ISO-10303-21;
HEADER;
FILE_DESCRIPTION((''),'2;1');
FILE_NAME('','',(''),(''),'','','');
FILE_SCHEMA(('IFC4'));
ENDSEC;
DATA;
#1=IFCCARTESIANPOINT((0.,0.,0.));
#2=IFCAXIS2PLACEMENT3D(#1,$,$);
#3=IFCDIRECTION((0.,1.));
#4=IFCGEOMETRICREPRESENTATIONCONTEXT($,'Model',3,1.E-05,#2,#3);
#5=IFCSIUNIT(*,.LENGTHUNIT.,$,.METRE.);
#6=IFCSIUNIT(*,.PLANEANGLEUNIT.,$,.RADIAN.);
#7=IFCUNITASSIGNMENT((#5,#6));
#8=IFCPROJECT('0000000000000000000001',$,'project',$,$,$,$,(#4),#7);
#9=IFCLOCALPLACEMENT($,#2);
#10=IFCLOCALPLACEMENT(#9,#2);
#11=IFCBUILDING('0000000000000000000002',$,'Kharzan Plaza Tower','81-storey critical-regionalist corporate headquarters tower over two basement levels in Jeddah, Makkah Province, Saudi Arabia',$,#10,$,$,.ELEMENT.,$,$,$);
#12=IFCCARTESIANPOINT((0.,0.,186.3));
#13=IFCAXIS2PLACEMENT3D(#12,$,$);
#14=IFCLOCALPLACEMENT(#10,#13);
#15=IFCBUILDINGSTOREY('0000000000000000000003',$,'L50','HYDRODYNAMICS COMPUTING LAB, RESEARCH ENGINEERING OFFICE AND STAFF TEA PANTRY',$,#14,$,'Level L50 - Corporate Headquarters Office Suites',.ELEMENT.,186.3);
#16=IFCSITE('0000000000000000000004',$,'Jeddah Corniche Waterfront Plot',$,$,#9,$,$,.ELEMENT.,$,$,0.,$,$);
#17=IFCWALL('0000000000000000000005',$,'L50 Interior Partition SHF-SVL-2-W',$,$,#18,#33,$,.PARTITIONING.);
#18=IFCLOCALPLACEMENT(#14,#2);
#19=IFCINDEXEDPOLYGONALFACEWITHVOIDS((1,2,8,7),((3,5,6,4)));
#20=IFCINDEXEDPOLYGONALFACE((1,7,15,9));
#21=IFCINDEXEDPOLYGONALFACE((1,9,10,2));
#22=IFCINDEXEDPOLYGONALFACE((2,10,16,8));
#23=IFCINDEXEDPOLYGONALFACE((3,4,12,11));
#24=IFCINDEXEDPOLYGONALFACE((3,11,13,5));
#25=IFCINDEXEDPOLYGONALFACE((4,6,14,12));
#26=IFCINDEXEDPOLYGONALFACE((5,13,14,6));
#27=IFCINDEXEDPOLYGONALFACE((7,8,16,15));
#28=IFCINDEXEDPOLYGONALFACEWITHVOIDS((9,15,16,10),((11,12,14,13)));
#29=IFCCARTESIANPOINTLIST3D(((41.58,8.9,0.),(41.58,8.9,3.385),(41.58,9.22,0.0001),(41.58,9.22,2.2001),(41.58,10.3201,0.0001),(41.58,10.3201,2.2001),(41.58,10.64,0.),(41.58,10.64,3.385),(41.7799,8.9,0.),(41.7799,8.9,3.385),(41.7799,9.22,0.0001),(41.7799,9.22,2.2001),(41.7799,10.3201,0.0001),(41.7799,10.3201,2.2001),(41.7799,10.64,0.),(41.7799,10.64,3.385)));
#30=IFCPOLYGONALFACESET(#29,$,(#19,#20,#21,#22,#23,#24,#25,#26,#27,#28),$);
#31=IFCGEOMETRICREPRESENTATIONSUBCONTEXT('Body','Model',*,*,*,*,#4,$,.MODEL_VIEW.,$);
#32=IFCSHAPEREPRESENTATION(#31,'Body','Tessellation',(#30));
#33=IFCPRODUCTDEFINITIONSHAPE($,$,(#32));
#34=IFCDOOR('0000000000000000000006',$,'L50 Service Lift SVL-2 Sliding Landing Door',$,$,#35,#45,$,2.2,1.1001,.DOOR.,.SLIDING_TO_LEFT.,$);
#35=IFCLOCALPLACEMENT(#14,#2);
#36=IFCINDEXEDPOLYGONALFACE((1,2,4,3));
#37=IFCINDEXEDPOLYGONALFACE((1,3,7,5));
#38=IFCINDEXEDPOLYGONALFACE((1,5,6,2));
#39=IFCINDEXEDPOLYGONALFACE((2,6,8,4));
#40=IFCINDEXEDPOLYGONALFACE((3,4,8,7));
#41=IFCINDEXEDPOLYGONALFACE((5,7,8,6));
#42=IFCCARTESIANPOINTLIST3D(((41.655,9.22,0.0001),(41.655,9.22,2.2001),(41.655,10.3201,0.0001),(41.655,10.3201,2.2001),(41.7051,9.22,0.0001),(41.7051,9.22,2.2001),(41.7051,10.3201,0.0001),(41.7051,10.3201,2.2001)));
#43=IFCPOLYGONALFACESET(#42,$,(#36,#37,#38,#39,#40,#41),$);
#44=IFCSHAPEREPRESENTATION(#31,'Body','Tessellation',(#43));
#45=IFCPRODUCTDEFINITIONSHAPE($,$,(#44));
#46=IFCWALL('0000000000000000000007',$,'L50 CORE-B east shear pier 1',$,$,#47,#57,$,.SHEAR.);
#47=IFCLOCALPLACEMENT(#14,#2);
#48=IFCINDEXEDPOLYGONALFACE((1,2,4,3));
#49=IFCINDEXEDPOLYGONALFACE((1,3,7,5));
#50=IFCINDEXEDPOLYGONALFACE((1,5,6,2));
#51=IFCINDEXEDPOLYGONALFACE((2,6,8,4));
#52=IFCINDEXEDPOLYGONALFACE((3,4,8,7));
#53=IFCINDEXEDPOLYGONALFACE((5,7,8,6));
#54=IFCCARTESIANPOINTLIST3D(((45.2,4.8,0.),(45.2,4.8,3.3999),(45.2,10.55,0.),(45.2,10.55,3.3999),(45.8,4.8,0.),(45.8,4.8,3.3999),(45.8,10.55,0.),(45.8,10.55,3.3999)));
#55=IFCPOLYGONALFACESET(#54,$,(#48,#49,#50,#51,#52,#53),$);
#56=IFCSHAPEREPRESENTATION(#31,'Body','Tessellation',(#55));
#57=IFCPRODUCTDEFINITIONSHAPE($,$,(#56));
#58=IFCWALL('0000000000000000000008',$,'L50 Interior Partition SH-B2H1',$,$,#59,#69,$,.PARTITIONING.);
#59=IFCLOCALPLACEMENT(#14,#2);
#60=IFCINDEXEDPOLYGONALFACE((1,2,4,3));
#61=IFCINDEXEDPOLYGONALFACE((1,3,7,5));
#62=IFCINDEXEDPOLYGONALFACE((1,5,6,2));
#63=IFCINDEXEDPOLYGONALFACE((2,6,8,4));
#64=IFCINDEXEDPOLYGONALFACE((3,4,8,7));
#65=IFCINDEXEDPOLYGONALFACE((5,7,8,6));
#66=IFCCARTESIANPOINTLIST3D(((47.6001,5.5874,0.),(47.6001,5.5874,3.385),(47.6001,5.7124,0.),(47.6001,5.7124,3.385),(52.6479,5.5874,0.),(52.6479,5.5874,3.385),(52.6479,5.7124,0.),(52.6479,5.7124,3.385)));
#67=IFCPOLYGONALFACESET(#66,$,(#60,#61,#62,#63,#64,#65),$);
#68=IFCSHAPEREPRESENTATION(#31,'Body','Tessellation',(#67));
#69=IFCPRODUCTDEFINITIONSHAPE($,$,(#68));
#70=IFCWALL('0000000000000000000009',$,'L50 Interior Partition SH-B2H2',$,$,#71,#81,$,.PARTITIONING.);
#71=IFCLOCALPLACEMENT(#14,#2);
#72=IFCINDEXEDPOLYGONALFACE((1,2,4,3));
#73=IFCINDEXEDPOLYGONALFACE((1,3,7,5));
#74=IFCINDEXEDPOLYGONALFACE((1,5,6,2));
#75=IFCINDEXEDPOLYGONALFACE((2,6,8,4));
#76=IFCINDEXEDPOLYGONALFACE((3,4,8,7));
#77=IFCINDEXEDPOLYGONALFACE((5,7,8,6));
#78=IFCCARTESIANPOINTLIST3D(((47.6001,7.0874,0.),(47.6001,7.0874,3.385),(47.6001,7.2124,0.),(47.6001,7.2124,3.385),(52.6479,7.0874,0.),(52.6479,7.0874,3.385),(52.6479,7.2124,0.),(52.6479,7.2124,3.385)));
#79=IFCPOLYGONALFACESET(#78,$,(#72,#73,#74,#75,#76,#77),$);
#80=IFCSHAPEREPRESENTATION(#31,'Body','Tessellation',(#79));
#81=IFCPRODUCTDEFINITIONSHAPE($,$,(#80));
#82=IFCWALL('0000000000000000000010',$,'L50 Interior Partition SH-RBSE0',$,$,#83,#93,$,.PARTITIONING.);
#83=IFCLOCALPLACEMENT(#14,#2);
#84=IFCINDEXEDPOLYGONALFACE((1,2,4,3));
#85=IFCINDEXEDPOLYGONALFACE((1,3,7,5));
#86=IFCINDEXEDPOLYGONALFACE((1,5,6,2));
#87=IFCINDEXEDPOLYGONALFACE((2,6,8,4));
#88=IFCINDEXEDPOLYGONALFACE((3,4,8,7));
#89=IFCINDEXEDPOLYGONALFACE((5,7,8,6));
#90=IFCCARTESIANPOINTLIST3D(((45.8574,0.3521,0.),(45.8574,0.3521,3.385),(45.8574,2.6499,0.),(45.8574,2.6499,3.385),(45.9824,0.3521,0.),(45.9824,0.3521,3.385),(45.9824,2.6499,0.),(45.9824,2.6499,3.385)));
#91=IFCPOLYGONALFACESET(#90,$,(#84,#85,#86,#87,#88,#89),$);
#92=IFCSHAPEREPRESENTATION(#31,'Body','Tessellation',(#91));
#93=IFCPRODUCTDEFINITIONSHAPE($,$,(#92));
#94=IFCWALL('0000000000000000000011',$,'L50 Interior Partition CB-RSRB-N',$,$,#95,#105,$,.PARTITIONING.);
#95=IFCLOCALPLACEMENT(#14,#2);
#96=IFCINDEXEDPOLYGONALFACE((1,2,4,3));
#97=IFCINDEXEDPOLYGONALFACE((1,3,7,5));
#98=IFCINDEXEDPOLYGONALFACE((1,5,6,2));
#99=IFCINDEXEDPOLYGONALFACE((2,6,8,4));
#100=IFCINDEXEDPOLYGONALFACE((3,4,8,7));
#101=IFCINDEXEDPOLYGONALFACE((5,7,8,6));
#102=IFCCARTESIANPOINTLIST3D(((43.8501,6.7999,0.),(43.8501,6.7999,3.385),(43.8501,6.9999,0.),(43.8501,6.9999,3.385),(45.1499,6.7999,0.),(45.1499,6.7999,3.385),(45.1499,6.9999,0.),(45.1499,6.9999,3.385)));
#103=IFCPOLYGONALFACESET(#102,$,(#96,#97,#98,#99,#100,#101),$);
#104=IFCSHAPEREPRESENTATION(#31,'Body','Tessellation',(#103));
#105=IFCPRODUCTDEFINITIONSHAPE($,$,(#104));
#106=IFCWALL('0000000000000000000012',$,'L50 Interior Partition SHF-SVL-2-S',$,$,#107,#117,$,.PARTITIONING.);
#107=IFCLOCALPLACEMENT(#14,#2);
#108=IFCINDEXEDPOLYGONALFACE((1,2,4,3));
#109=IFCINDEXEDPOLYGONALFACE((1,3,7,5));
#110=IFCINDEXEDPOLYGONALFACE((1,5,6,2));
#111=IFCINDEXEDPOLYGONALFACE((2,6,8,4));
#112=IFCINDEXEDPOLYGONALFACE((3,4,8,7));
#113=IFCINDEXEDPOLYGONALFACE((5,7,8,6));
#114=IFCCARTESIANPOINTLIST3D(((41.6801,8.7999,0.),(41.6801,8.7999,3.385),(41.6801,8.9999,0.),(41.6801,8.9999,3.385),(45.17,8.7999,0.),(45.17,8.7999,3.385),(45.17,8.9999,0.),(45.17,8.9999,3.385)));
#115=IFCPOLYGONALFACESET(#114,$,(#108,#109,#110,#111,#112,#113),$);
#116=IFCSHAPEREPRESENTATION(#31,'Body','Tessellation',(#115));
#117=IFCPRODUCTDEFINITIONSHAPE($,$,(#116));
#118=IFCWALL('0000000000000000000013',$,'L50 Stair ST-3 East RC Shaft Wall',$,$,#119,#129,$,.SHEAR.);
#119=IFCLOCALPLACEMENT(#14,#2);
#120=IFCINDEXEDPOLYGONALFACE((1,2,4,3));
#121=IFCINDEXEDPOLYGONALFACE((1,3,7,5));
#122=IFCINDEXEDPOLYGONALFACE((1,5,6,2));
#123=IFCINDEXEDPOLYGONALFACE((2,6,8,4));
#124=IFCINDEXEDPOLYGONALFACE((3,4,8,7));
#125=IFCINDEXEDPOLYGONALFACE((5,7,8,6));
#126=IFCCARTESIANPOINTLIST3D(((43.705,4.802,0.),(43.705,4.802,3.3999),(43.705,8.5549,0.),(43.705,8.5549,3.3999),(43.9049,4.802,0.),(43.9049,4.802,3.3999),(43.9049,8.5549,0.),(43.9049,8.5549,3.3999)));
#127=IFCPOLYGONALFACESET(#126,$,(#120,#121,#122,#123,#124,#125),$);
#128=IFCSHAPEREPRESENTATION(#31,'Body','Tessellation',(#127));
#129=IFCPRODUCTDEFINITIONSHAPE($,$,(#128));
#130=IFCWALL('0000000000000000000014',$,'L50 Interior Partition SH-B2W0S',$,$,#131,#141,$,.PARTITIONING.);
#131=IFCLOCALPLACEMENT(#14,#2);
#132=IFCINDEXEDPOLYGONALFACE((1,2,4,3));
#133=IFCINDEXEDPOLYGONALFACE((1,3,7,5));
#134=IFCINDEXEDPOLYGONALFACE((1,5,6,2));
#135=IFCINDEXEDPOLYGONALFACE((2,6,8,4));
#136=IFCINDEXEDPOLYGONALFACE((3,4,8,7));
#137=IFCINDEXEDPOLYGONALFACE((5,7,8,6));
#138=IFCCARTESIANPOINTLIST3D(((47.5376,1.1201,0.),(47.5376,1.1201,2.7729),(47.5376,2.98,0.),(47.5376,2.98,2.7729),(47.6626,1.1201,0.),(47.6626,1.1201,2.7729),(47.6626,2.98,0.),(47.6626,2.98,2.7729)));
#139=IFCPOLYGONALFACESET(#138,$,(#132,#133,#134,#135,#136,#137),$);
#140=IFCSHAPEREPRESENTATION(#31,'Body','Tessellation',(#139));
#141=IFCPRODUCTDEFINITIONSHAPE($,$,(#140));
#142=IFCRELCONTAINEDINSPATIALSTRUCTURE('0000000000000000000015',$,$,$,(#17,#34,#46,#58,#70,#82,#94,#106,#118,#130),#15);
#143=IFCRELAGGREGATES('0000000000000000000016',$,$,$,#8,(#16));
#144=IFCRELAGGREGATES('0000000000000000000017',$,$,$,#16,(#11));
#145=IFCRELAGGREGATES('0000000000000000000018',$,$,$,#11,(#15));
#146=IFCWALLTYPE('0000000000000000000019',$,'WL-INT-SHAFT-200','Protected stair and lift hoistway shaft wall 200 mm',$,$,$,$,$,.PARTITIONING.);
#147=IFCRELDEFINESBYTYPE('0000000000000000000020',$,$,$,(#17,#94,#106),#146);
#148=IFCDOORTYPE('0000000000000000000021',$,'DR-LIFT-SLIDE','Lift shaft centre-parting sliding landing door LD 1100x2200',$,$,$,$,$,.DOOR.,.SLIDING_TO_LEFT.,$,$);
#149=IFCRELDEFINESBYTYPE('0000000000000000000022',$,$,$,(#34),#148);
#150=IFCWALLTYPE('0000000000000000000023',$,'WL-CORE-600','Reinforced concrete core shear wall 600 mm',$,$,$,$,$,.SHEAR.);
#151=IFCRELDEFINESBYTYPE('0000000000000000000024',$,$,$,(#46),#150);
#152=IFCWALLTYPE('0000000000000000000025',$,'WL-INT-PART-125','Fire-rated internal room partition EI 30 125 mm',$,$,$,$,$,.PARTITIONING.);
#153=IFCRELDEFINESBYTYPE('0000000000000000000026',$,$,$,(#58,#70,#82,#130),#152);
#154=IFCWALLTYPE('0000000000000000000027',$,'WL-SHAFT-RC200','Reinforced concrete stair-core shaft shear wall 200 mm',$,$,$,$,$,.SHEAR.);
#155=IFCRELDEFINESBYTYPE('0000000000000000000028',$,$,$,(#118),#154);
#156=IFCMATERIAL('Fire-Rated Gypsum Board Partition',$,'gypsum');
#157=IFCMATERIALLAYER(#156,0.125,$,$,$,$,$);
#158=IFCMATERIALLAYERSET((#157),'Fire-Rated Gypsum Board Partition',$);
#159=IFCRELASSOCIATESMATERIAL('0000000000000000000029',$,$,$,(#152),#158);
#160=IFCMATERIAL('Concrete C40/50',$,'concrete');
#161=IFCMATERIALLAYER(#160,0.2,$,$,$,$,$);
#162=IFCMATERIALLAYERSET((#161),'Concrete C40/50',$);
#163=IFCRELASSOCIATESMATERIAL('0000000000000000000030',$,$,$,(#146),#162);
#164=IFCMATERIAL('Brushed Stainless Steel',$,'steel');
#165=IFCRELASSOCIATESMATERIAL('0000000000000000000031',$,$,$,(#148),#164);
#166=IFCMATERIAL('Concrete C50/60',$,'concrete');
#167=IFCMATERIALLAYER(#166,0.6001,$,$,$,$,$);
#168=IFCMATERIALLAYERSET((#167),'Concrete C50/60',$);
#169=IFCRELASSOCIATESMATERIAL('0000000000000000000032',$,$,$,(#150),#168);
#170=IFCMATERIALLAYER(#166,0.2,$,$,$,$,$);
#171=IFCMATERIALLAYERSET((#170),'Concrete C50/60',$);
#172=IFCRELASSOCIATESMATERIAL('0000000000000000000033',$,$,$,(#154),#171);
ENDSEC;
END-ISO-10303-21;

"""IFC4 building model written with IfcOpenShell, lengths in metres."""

from ifc_helpers import new_model, si_unit, direction, frame, frame_2d, origin, place, context, subcontext, project, spatial, rectangle, extrude, source, transform, mapped, material, layer, layer_set, type_object, element, fill, save


model = new_model("IFC4")

# Units and contexts
model_context = context("Model", 3, precision=1e-05, world=origin(), true_north=direction((0.0, 1.0)))
body_context = subcontext(model_context, "Body", "Model", "MODEL_VIEW")
ifc_project = project(units=[si_unit("LENGTHUNIT", "METRE"), si_unit("PLANEANGLEUNIT", "RADIAN")], contexts=[model_context])

# Site, building, storey
site_placement = place(None, origin())
site = spatial("IfcSite", under=ifc_project, at=site_placement, Name="Jeddah Corniche Waterfront Plot", CompositionType="ELEMENT", RefElevation=0.0)
building_placement = place(site_placement, origin())
building = spatial("IfcBuilding", under=site, at=building_placement, Name="Kharzan Plaza Tower", Description="81-storey critical-regionalist corporate headquarters tower over two basement levels in Jeddah, Makkah Province, Saudi Arabia", CompositionType="ELEMENT")
storey_placement = place(building_placement, frame((0.0, 0.0, 186.3)))
storey = spatial("IfcBuildingStorey", under=building, at=storey_placement, Name="L50", Description="HYDRODYNAMICS COMPUTING LAB, RESEARCH ENGINEERING OFFICE AND STAFF TEA PANTRY", LongName="Level L50 - Corporate Headquarters Office Suites", CompositionType="ELEMENT", Elevation=186.3)

# Shared definitions
ifc_material_1 = material(Name="Concrete C50/60", Category="concrete")

# Wall, opening, door
ifc_material_2 = material(Name="Fire-Rated Gypsum Board Partition", Category="gypsum")
ifc_layer_1 = layer(ifc_material_2, 0.125)
ifc_layer_set_1 = layer_set([ifc_layer_1], Name="Fire-Rated Gypsum Board Partition")
wall_type_1 = type_object("IfcWallType", Name="WL-INT-PART-125", Description="Fire-rated internal room partition EI 30 125 mm", PredefinedType="PARTITIONING", material=ifc_layer_set_1)
ifc_material_3 = material(Name="Concrete C40/50", Category="concrete")
ifc_layer_2 = layer(ifc_material_3, 0.2)
ifc_layer_set_2 = layer_set([ifc_layer_2], Name="Concrete C40/50")
wall_type_2 = type_object("IfcWallType", Name="WL-INT-SHAFT-200", Description="Protected stair and lift hoistway shaft wall 200 mm", PredefinedType="PARTITIONING", material=ifc_layer_set_2)
wall_1_placement = place(storey_placement, frame((41.6799, 8.8999, 0.0), z_axis=(0.0, 0.0, 1.0), x_axis=(0.0, 1.0, 0.0)))
wall_1 = element("IfcWall", 1, at=wall_1_placement, inside=storey, type_object=wall_type_2, Name="L50 Interior Partition SHF-SVL-2-W", PredefinedType="PARTITIONING", context=body_context, shape_type="SweptSolid", body=[
    extrude(rectangle(XDim=1.74, YDim=0.2, at=frame_2d((0.8701, 0.0))), origin(), (0.0, 0.0, 1.0), 3.385),
])
opening_1_placement = place(wall_1_placement, frame((0.3201, 0.0, 0.0)))
opening_1 = element("IfcOpeningElement", 2, at=opening_1_placement, cuts=wall_1, PredefinedType="OPENING", context=body_context, shape_type="SweptSolid", body=[
    extrude(rectangle(XDim=1.1001, YDim=2.2, at=frame_2d((0.55, 1.1001))), frame((0.0, 0.1099, 0.0), z_axis=(0.0, -1.0, 0.0), x_axis=(1.0, 0.0, 0.0)), (0.0, 0.0, 1.0), 0.22),
])
ifc_material_4 = material(Name="Brushed Stainless Steel", Category="steel")
door_type_1 = type_object("IfcDoorType", Name="DR-LIFT-SLIDE", Description="Lift shaft centre-parting sliding landing door LD 1100x2200", OperationType="SLIDING_TO_LEFT", PredefinedType="DOOR", material=ifc_material_4)
shared_shape_1 = source(origin(), body_context, "Body", "SweptSolid", [
    extrude(rectangle(XDim=1.1001, YDim=2.2, at=frame_2d((0.55, 1.1001))), frame((0.0, 0.0249, 0.0), z_axis=(0.0, -1.0, 0.0), x_axis=(1.0, 0.0, 0.0)), (0.0, 0.0, 1.0), 0.05),
])
door_1_placement = place(opening_1_placement, origin())
door_1 = element("IfcDoor", 3, at=door_1_placement, inside=storey, type_object=door_type_1, Name="L50 Service Lift SVL-2 Sliding Landing Door", OperationType="SLIDING_TO_LEFT", OverallHeight=2.2, OverallWidth=1.1001, PredefinedType="DOOR", context=body_context, shape_type="MappedRepresentation", body=[
    mapped(shared_shape_1, transform((0.0, 0.0, 0.0), x_axis=(1.0, 0.0, 0.0), y_axis=(0.0, 1.0, 0.0), z_axis=(0.0, 0.0, 1.0))),
])
fill(opening_1, door_1)

# Walls
ifc_layer_3 = layer(ifc_material_1, 0.6001)
ifc_layer_set_3 = layer_set([ifc_layer_3], Name="Concrete C50/60")
wall_type_3 = type_object("IfcWallType", Name="WL-CORE-600", Description="Reinforced concrete core shear wall 600 mm", PredefinedType="SHEAR", material=ifc_layer_set_3)
shared_shape_2 = source(origin(), body_context, "Body", "SweptSolid", [
    extrude(rectangle(XDim=5.75, YDim=0.6001, at=frame_2d((2.875, 0.0))), origin(), (0.0, 0.0, 1.0), 3.3999),
])
wall_2_placement = place(storey_placement, frame((45.5, 4.8, 0.0), z_axis=(0.0, 0.0, 1.0), x_axis=(0.0, 1.0, 0.0)))
element("IfcWall", 4, at=wall_2_placement, inside=storey, type_object=wall_type_3, Name="L50 CORE-B east shear pier 1", PredefinedType="SHEAR", context=body_context, shape_type="MappedRepresentation", body=[
    mapped(shared_shape_2, transform((0.0, 0.0, 0.0), x_axis=(1.0, 0.0, 0.0), y_axis=(0.0, 1.0, 0.0), z_axis=(0.0, 0.0, 1.0))),
])
shared_shape_3 = source(origin(), body_context, "Body", "SweptSolid", [
    extrude(rectangle(XDim=5.0479, YDim=0.125, at=frame_2d((2.5239, 0.0))), origin(), (0.0, 0.0, 1.0), 3.385),
])
for number, where, z_axis, x_axis, name in (
    (5, (47.6001, 5.6499, 0.0), (0.0, 0.0, 1.0), (1.0, 0.0, 0.0), "L50 Interior Partition SH-B2H1"),
    (6, (47.6001, 7.1499, 0.0), (0.0, 0.0, 1.0), (1.0, 0.0, 0.0), "L50 Interior Partition SH-B2H2"),
):
    element("IfcWall", number, at=place(storey_placement, frame(where, z_axis=z_axis, x_axis=x_axis)), inside=storey, type_object=wall_type_1, Name=name, PredefinedType="PARTITIONING", context=body_context, shape_type="MappedRepresentation", body=[
        mapped(shared_shape_3, transform((0.0, 0.0, 0.0), x_axis=(1.0, 0.0, 0.0), y_axis=(0.0, 1.0, 0.0), z_axis=(0.0, 0.0, 1.0))),
    ])
shared_shape_4 = source(origin(), body_context, "Body", "SweptSolid", [
    extrude(rectangle(XDim=2.2979, YDim=0.125, at=frame_2d((1.1489, 0.0))), origin(), (0.0, 0.0, 1.0), 3.385),
])
wall_3_placement = place(storey_placement, frame((45.9199, 0.3521, 0.0), z_axis=(0.0, 0.0, 1.0), x_axis=(0.0, 1.0, 0.0)))
element("IfcWall", 7, at=wall_3_placement, inside=storey, type_object=wall_type_1, Name="L50 Interior Partition SH-RBSE0", PredefinedType="PARTITIONING", context=body_context, shape_type="MappedRepresentation", body=[
    mapped(shared_shape_4, transform((0.0, 0.0, 0.0), x_axis=(1.0, 0.0, 0.0), y_axis=(0.0, 1.0, 0.0), z_axis=(0.0, 0.0, 1.0))),
])
shared_shape_5 = source(origin(), body_context, "Body", "SweptSolid", [
    extrude(rectangle(XDim=1.2998, YDim=0.2, at=frame_2d((0.6499, 0.0))), origin(), (0.0, 0.0, 1.0), 3.385),
])
wall_4_placement = place(storey_placement, frame((43.8501, 6.8999, 0.0), z_axis=(0.0, 0.0, 1.0), x_axis=(1.0, 0.0, 0.0)))
element("IfcWall", 8, at=wall_4_placement, inside=storey, type_object=wall_type_2, Name="L50 Interior Partition CB-RSRB-N", PredefinedType="PARTITIONING", context=body_context, shape_type="MappedRepresentation", body=[
    mapped(shared_shape_5, transform((0.0, 0.0, 0.0), x_axis=(1.0, 0.0, 0.0), y_axis=(0.0, 1.0, 0.0), z_axis=(0.0, 0.0, 1.0))),
])
shared_shape_6 = source(origin(), body_context, "Body", "SweptSolid", [
    extrude(rectangle(XDim=3.49, YDim=0.2, at=frame_2d((1.7451, 0.0))), origin(), (0.0, 0.0, 1.0), 3.385),
])
wall_5_placement = place(storey_placement, frame((41.6799, 8.8999, 0.0), z_axis=(0.0, 0.0, 1.0), x_axis=(1.0, 0.0, 0.0)))
element("IfcWall", 9, at=wall_5_placement, inside=storey, type_object=wall_type_2, Name="L50 Interior Partition SHF-SVL-2-S", PredefinedType="PARTITIONING", context=body_context, shape_type="MappedRepresentation", body=[
    mapped(shared_shape_6, transform((0.0, 0.0, 0.0), x_axis=(1.0, 0.0, 0.0), y_axis=(0.0, 1.0, 0.0), z_axis=(0.0, 0.0, 1.0))),
])
ifc_layer_4 = layer(ifc_material_1, 0.2)
ifc_layer_set_4 = layer_set([ifc_layer_4], Name="Concrete C50/60")
wall_type_4 = type_object("IfcWallType", Name="WL-SHAFT-RC200", Description="Reinforced concrete stair-core shaft shear wall 200 mm", PredefinedType="SHEAR", material=ifc_layer_set_4)
shared_shape_7 = source(origin(), body_context, "Body", "SweptSolid", [
    extrude(rectangle(XDim=3.7529, YDim=0.2, at=frame_2d((1.8765, 0.0))), origin(), (0.0, 0.0, 1.0), 3.3999),
])
wall_6_placement = place(storey_placement, frame((43.8049, 4.802, 0.0), z_axis=(0.0, 0.0, 1.0), x_axis=(0.0, 1.0, 0.0)))
element("IfcWall", 10, at=wall_6_placement, inside=storey, type_object=wall_type_4, Name="L50 Stair ST-3 East RC Shaft Wall", PredefinedType="SHEAR", context=body_context, shape_type="MappedRepresentation", body=[
    mapped(shared_shape_7, transform((0.0, 0.0, 0.0), x_axis=(1.0, 0.0, 0.0), y_axis=(0.0, 1.0, 0.0), z_axis=(0.0, 0.0, 1.0))),
])
shared_shape_8 = source(origin(), body_context, "Body", "SweptSolid", [
    extrude(rectangle(XDim=1.8599, YDim=0.125, at=frame_2d((0.9299, 0.0))), origin(), (0.0, 0.0, 1.0), 2.7729),
])
wall_7_placement = place(storey_placement, frame((47.6001, 1.1201, 0.0), z_axis=(0.0, 0.0, 1.0), x_axis=(0.0, 1.0, 0.0)))
element("IfcWall", 11, at=wall_7_placement, inside=storey, type_object=wall_type_1, Name="L50 Interior Partition SH-B2W0S", PredefinedType="PARTITIONING", context=body_context, shape_type="MappedRepresentation", body=[
    mapped(shared_shape_8, transform((0.0, 0.0, 0.0), x_axis=(1.0, 0.0, 0.0), y_axis=(0.0, 1.0, 0.0), z_axis=(0.0, 0.0, 1.0))),
])

save(model, "model.ifc")
